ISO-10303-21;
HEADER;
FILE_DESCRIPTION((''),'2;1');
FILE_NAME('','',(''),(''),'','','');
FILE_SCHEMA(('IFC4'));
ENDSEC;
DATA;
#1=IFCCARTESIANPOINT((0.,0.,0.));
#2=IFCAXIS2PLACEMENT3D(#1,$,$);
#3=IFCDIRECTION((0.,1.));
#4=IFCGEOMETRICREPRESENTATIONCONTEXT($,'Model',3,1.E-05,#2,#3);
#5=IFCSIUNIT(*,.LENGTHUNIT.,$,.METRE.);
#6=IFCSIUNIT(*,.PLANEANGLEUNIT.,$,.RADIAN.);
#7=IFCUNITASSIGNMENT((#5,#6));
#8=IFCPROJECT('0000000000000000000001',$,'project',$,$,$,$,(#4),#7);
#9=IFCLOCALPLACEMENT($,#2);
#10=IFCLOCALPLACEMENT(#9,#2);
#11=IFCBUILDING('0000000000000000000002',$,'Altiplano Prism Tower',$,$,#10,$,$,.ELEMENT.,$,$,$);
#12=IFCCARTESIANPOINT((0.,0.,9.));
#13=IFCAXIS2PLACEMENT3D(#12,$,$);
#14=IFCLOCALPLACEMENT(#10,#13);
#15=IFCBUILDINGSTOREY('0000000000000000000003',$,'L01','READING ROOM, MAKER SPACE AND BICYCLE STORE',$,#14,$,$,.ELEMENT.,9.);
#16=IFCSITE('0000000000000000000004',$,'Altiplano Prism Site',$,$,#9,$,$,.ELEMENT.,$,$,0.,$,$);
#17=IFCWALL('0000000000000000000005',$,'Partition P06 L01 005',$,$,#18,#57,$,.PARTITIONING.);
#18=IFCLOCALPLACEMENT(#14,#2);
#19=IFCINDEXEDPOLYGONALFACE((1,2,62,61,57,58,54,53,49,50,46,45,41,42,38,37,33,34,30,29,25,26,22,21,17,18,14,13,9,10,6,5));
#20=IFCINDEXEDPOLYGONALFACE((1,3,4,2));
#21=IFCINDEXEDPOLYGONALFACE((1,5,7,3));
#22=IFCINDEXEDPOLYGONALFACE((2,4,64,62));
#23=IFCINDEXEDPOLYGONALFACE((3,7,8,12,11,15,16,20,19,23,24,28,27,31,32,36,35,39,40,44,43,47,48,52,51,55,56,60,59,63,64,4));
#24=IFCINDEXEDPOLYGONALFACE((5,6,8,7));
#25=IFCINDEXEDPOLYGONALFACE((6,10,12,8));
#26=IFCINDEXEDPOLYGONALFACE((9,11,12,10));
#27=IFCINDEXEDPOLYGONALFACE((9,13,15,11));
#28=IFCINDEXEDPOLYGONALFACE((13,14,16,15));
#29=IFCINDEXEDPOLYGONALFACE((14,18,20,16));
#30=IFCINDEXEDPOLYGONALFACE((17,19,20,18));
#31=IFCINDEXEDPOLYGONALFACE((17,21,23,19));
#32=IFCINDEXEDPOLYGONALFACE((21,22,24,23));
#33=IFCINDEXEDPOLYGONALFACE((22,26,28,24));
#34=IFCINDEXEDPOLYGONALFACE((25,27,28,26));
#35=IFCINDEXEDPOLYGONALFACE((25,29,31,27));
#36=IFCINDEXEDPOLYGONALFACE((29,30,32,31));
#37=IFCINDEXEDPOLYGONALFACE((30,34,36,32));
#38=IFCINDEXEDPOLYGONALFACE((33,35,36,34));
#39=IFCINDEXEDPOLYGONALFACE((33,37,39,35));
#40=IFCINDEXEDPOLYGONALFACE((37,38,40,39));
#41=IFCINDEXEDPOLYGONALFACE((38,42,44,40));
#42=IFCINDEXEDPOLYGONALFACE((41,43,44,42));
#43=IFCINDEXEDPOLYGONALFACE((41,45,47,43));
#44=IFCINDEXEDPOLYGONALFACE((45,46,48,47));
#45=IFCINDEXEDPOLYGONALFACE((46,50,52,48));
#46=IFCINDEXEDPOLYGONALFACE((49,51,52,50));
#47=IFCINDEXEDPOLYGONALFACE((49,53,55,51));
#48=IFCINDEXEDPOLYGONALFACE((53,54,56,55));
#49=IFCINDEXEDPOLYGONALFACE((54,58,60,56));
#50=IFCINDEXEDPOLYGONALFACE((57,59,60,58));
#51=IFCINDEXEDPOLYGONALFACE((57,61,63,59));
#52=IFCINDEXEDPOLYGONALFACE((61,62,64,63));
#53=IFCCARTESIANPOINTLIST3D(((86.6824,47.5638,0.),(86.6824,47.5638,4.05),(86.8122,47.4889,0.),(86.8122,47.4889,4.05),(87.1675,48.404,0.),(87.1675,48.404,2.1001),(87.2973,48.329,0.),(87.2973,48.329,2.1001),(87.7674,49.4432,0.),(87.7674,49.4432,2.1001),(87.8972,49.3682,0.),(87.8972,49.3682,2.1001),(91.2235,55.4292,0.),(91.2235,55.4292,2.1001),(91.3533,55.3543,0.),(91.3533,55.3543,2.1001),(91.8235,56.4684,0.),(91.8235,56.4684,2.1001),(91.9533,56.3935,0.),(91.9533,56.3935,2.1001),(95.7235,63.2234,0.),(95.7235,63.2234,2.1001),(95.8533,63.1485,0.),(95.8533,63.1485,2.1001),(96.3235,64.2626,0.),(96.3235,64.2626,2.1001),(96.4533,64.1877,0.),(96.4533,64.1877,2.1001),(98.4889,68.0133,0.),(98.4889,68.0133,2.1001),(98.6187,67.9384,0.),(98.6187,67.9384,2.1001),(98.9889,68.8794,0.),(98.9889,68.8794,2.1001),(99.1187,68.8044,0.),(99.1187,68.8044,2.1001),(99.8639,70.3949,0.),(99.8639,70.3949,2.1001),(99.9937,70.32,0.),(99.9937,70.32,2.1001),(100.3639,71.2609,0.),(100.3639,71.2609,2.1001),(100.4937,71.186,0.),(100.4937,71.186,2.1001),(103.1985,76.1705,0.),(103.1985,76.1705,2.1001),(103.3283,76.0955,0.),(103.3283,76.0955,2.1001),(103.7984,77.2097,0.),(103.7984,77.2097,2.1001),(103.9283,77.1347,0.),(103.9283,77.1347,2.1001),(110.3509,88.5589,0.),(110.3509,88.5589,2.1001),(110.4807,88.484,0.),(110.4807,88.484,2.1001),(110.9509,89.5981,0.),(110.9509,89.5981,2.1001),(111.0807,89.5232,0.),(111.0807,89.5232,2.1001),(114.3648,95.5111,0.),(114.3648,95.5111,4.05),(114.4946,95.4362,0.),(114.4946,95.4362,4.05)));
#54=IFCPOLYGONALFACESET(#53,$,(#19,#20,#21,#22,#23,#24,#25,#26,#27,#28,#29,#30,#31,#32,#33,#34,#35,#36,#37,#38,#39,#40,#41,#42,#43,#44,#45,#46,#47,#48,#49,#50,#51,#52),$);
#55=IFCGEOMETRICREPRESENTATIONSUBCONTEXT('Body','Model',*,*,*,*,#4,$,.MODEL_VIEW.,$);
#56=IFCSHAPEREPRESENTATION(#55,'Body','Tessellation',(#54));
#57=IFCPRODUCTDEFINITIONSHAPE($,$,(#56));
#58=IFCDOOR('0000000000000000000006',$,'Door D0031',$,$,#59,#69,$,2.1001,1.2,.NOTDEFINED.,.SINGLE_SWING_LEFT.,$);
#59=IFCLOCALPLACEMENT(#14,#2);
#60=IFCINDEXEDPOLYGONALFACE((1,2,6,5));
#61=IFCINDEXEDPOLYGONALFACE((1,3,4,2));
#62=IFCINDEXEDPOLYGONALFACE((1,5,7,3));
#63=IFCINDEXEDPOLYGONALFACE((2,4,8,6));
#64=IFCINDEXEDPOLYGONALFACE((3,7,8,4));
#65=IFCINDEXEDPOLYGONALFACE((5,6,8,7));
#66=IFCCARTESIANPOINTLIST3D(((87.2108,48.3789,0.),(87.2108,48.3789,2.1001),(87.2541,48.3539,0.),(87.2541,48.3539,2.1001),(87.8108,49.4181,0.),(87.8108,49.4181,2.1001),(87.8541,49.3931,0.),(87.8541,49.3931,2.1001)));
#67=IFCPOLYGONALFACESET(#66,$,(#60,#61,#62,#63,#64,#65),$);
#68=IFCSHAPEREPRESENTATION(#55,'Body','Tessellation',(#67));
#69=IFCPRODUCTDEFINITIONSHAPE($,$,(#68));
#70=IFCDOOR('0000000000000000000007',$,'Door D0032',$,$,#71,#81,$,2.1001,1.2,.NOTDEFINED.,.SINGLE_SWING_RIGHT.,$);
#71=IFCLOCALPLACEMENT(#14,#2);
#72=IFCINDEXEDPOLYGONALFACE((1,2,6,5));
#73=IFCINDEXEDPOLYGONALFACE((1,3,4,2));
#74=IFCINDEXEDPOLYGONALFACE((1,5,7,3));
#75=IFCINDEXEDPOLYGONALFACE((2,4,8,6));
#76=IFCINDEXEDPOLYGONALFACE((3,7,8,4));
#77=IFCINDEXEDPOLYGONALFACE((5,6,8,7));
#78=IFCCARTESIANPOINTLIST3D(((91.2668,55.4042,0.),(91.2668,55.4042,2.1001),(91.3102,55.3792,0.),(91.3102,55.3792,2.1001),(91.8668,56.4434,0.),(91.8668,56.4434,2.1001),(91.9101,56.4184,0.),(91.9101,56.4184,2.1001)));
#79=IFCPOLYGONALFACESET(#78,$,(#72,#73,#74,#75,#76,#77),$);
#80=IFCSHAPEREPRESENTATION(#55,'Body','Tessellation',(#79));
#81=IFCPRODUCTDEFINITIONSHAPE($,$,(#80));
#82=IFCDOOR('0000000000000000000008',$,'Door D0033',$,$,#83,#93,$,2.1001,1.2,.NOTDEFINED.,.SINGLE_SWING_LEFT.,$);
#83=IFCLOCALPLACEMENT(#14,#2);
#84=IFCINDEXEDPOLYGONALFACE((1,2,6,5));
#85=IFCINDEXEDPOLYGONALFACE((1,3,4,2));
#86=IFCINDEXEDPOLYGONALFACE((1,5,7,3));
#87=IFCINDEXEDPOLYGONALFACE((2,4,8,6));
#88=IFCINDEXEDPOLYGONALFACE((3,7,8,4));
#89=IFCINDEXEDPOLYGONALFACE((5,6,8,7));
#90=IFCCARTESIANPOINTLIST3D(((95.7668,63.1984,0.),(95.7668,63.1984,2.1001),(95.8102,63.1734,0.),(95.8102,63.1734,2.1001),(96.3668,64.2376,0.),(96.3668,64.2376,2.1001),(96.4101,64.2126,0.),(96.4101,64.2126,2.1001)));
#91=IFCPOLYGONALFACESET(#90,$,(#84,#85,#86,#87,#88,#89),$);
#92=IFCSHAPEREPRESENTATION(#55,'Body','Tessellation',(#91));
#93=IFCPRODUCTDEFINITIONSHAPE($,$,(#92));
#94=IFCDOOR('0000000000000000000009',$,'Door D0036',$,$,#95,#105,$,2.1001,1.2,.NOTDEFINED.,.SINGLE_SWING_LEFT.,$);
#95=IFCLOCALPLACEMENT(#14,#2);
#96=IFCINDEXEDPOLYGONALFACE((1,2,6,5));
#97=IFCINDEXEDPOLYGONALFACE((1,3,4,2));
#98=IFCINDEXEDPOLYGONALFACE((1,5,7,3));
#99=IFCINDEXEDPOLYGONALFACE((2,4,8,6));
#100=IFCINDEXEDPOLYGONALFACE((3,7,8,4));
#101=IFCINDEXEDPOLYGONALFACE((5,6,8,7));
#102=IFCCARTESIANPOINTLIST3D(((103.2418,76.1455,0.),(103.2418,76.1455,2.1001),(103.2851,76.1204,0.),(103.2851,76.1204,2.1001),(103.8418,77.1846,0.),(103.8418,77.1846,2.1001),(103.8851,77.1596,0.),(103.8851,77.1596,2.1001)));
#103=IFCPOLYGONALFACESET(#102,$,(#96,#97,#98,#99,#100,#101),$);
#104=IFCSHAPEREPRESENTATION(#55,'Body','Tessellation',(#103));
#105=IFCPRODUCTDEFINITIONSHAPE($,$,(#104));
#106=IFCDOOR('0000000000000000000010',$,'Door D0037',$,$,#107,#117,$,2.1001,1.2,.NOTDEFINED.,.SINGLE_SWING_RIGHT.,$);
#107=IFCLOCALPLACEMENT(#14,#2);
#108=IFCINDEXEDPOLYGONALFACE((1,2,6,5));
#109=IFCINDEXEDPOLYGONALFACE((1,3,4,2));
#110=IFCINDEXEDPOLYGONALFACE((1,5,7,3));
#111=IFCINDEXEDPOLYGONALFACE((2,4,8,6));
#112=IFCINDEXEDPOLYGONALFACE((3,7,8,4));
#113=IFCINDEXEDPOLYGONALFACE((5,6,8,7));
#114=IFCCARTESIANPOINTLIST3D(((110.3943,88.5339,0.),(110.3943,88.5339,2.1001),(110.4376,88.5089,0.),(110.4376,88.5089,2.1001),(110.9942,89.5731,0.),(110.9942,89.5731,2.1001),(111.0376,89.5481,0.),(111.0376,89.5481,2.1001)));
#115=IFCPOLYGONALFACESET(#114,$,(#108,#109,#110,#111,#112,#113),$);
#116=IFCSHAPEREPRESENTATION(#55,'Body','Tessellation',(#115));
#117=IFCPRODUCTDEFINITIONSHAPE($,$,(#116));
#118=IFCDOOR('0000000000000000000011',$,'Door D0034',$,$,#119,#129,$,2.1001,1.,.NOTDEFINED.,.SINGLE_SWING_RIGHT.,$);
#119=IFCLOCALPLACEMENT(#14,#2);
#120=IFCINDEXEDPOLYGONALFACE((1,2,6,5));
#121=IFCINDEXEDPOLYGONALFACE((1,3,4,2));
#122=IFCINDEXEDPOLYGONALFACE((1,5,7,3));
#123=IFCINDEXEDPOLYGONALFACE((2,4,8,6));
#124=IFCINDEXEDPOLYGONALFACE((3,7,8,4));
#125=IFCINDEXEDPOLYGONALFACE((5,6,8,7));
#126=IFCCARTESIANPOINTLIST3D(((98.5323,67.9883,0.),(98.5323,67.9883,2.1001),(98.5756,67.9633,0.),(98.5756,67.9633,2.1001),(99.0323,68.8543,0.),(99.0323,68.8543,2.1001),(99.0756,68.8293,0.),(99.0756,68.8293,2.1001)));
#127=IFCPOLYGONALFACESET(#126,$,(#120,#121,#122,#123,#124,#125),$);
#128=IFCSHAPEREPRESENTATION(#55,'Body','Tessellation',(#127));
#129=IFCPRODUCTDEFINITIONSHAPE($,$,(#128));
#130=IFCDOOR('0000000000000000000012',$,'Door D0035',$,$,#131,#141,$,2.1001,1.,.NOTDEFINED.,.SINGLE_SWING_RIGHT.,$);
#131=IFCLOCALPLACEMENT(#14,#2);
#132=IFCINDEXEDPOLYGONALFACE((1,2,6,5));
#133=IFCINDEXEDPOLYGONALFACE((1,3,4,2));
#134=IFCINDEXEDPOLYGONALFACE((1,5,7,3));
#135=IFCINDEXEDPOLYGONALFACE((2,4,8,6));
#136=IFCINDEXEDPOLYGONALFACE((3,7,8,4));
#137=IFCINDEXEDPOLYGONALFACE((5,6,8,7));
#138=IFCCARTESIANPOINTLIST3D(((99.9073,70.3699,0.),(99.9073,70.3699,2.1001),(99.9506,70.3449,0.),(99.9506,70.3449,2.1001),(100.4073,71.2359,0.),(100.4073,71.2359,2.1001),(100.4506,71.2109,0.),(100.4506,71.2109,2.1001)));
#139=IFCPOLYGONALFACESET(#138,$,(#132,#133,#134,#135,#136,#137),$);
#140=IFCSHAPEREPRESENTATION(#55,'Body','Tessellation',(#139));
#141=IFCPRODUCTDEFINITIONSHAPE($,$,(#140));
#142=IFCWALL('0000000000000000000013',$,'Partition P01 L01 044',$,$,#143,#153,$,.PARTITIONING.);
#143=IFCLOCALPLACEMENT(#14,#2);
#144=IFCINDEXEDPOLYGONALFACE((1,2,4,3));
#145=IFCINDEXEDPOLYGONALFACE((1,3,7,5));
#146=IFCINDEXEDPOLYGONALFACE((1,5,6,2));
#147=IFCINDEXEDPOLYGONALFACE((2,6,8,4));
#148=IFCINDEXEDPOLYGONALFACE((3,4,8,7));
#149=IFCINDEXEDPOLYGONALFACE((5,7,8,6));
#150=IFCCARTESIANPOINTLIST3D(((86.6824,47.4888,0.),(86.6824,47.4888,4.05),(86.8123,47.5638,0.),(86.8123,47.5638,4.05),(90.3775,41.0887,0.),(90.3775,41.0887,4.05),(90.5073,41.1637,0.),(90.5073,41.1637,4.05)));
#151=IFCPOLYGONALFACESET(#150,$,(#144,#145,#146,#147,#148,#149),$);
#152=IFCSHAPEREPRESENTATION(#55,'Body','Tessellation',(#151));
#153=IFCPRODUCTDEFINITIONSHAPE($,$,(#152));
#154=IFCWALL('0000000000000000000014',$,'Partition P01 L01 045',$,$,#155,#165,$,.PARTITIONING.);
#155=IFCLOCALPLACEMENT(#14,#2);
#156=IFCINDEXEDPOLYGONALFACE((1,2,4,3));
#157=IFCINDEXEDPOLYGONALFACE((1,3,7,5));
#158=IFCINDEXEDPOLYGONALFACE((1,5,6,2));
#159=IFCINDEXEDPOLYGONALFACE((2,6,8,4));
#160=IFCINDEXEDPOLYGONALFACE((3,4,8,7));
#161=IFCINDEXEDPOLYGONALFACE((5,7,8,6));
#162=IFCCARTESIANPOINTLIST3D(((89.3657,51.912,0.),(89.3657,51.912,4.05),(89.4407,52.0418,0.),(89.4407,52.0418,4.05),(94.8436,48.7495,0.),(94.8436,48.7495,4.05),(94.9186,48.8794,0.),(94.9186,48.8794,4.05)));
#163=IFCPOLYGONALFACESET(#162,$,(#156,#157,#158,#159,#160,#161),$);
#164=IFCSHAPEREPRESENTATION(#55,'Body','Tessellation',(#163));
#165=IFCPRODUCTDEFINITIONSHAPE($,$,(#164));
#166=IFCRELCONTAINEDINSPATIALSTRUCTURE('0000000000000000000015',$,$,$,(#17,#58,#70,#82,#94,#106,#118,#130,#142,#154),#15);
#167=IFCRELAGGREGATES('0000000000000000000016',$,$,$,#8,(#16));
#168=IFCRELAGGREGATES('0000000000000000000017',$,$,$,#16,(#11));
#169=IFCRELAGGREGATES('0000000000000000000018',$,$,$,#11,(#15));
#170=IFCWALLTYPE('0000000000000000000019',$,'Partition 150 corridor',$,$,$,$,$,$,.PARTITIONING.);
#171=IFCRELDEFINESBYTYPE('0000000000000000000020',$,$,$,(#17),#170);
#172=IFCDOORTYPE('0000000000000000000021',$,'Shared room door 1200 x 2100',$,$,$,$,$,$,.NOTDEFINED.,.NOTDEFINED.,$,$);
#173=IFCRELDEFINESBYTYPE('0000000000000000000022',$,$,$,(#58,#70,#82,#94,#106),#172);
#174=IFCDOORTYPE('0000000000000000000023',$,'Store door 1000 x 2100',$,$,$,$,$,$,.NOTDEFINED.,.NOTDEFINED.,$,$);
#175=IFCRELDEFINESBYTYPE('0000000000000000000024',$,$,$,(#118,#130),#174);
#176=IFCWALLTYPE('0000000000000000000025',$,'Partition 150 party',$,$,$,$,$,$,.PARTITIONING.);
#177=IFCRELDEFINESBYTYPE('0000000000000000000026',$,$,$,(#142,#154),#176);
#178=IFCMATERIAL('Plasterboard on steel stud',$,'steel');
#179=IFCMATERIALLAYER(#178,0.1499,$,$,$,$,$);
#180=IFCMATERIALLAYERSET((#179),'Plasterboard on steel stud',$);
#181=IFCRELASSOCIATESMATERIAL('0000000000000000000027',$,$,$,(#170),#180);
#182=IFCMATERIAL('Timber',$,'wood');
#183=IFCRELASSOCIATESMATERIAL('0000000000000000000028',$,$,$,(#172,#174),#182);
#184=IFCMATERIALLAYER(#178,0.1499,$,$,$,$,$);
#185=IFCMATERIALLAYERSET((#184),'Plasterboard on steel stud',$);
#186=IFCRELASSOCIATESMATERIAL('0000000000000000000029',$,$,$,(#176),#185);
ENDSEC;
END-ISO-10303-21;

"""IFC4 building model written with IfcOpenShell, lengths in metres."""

from ifc_helpers import new_model, si_unit, direction, frame, frame_2d, origin, place, context, subcontext, project, spatial, rectangle, extrude, material, layer, layer_set, type_object, element, fill, save


model = new_model("IFC4")

# Units and contexts
model_context = context("Model", 3, precision=1e-05, world=origin(), true_north=direction((0.0, 1.0)))
body_context = subcontext(model_context, "Body", "Model", "MODEL_VIEW")
ifc_project = project(units=[si_unit("LENGTHUNIT", "METRE"), si_unit("PLANEANGLEUNIT", "RADIAN")], contexts=[model_context])

# Site, building, storey
site_placement = place(None, origin())
site = spatial("IfcSite", under=ifc_project, at=site_placement, Name="Altiplano Prism Site", CompositionType="ELEMENT", RefElevation=0.0)
building_placement = place(site_placement, origin())
building = spatial("IfcBuilding", under=site, at=building_placement, Name="Altiplano Prism Tower", CompositionType="ELEMENT")
storey_placement = place(building_placement, frame((0.0, 0.0, 9.0)))
storey = spatial("IfcBuildingStorey", under=building, at=storey_placement, Name="L01", Description="READING ROOM, MAKER SPACE AND BICYCLE STORE", CompositionType="ELEMENT", Elevation=9.0)

# Shared definitions
ifc_material_1 = material(Name="Plasterboard on steel stud", Category="steel")
ifc_layer_1 = layer(ifc_material_1, 0.1499)
ifc_layer_set_1 = layer_set([ifc_layer_1], Name="Plasterboard on steel stud")
wall_type_1 = type_object("IfcWallType", Name="Partition 150 corridor", PredefinedType="PARTITIONING", material=ifc_layer_set_1)
ifc_material_2 = material(Name="Timber", Category="wood")
door_type_1 = type_object("IfcDoorType", Name="Shared room door 1200 x 2100", OperationType="NOTDEFINED", PredefinedType="NOTDEFINED", material=ifc_material_2)

# Wall, openings, doors
wall_1_placement = place(storey_placement, frame((86.7473, 47.5264, 0.0), z_axis=(0.0, 0.0, 1.0), x_axis=(0.5, 0.866025, 0.0)))
wall_1 = element("IfcWall", 1, at=wall_1_placement, inside=storey, type_object=wall_type_1, Name="Partition P06 L01 005", PredefinedType="PARTITIONING", context=body_context, shape_type="SweptSolid", body=[
    extrude(rectangle(XDim=55.3647, YDim=0.1499, at=frame_2d((27.6824, 0.0))), origin(), (0.0, 0.0, 1.0), 4.05),
])
opening_1_placement = place(wall_1_placement, frame((0.97, 0.0, 0.0)))
opening_1 = element("IfcOpeningElement", 2, at=opening_1_placement, cuts=wall_1, PredefinedType="OPENING", context=body_context, shape_type="SweptSolid", body=[
    extrude(rectangle(XDim=1.2, YDim=2.1001, at=frame_2d((0.6001, 1.05))), frame((0.0, 0.0854, 0.0), z_axis=(0.0, -1.0, 0.0), x_axis=(1.0, 0.0, 0.0)), (0.0, 0.0, 1.0), 0.1709),
])
opening_2_placement = place(wall_1_placement, frame((9.082, 0.0, 0.0)))
opening_2 = element("IfcOpeningElement", 3, at=opening_2_placement, cuts=wall_1, PredefinedType="OPENING", context=body_context, shape_type="SweptSolid", body=[
    extrude(rectangle(XDim=1.2, YDim=2.1001, at=frame_2d((0.6001, 1.05))), frame((0.0, 0.0854, 0.0), z_axis=(0.0, -1.0, 0.0), x_axis=(1.0, 0.0, 0.0)), (0.0, 0.0, 1.0), 0.1709),
])
opening_3_placement = place(wall_1_placement, frame((18.082, 0.0, 0.0)))
opening_3 = element("IfcOpeningElement", 4, at=opening_3_placement, cuts=wall_1, PredefinedType="OPENING", context=body_context, shape_type="SweptSolid", body=[
    extrude(rectangle(XDim=1.2, YDim=2.1001, at=frame_2d((0.6001, 1.05))), frame((0.0, 0.0854, 0.0), z_axis=(0.0, -1.0, 0.0), x_axis=(1.0, 0.0, 0.0)), (0.0, 0.0, 1.0), 0.1709),
])
opening_4_placement = place(wall_1_placement, frame((23.613, 0.0, 0.0)))
opening_4 = element("IfcOpeningElement", 5, at=opening_4_placement, cuts=wall_1, PredefinedType="OPENING", context=body_context, shape_type="SweptSolid", body=[
    extrude(rectangle(XDim=1.0, YDim=2.1001, at=frame_2d((0.5, 1.05))), frame((0.0, 0.0854, 0.0), z_axis=(0.0, -1.0, 0.0), x_axis=(1.0, 0.0, 0.0)), (0.0, 0.0, 1.0), 0.1709),
])
opening_5_placement = place(wall_1_placement, frame((26.363, 0.0, 0.0)))
opening_5 = element("IfcOpeningElement", 6, at=opening_5_placement, cuts=wall_1, PredefinedType="OPENING", context=body_context, shape_type="SweptSolid", body=[
    extrude(rectangle(XDim=1.0, YDim=2.1001, at=frame_2d((0.5, 1.05))), frame((0.0, 0.0854, 0.0), z_axis=(0.0, -1.0, 0.0), x_axis=(1.0, 0.0, 0.0)), (0.0, 0.0, 1.0), 0.1709),
])
opening_6_placement = place(wall_1_placement, frame((33.032, 0.0, 0.0)))
opening_6 = element("IfcOpeningElement", 7, at=opening_6_placement, cuts=wall_1, PredefinedType="OPENING", context=body_context, shape_type="SweptSolid", body=[
    extrude(rectangle(XDim=1.2, YDim=2.1001, at=frame_2d((0.6001, 1.05))), frame((0.0, 0.0854, 0.0), z_axis=(0.0, -1.0, 0.0), x_axis=(1.0, 0.0, 0.0)), (0.0, 0.0, 1.0), 0.1709),
])
opening_7_placement = place(wall_1_placement, frame((47.3369, 0.0, 0.0)))
opening_7 = element("IfcOpeningElement", 8, at=opening_7_placement, cuts=wall_1, PredefinedType="OPENING", context=body_context, shape_type="SweptSolid", body=[
    extrude(rectangle(XDim=1.2, YDim=2.1001, at=frame_2d((0.6001, 1.05))), frame((0.0, 0.0854, 0.0), z_axis=(0.0, -1.0, 0.0), x_axis=(1.0, 0.0, 0.0)), (0.0, 0.0, 1.0), 0.1709),
])
door_1_placement = place(opening_1_placement, origin())
door_1 = element("IfcDoor", 9, at=door_1_placement, inside=storey, type_object=door_type_1, Name="Door D0031", OperationType="SINGLE_SWING_LEFT", OverallHeight=2.1001, OverallWidth=1.2, PredefinedType="NOTDEFINED", context=body_context, shape_type="SweptSolid", body=[
    extrude(rectangle(XDim=1.2, YDim=2.1001, at=frame_2d((0.6001, 1.05))), frame((0.0, 0.0249, 0.0), z_axis=(0.0, -1.0, 0.0), x_axis=(1.0, 0.0, 0.0)), (0.0, 0.0, 1.0), 0.05),
])
fill(opening_1, door_1)
door_2_placement = place(opening_2_placement, origin())
door_2 = element("IfcDoor", 10, at=door_2_placement, inside=storey, type_object=door_type_1, Name="Door D0032", OperationType="SINGLE_SWING_RIGHT", OverallHeight=2.1001, OverallWidth=1.2, PredefinedType="NOTDEFINED", context=body_context, shape_type="SweptSolid", body=[
    extrude(rectangle(XDim=1.2, YDim=2.1001, at=frame_2d((0.6001, 1.05))), frame((0.0, 0.0249, 0.0), z_axis=(0.0, -1.0, 0.0), x_axis=(1.0, 0.0, 0.0)), (0.0, 0.0, 1.0), 0.05),
])
fill(opening_2, door_2)
door_3_placement = place(opening_3_placement, origin())
door_3 = element("IfcDoor", 11, at=door_3_placement, inside=storey, type_object=door_type_1, Name="Door D0033", OperationType="SINGLE_SWING_LEFT", OverallHeight=2.1001, OverallWidth=1.2, PredefinedType="NOTDEFINED", context=body_context, shape_type="SweptSolid", body=[
    extrude(rectangle(XDim=1.2, YDim=2.1001, at=frame_2d((0.6001, 1.05))), frame((0.0, 0.0249, 0.0), z_axis=(0.0, -1.0, 0.0), x_axis=(1.0, 0.0, 0.0)), (0.0, 0.0, 1.0), 0.05),
])
fill(opening_3, door_3)
door_4_placement = place(opening_6_placement, origin())
door_4 = element("IfcDoor", 12, at=door_4_placement, inside=storey, type_object=door_type_1, Name="Door D0036", OperationType="SINGLE_SWING_LEFT", OverallHeight=2.1001, OverallWidth=1.2, PredefinedType="NOTDEFINED", context=body_context, shape_type="SweptSolid", body=[
    extrude(rectangle(XDim=1.2, YDim=2.1001, at=frame_2d((0.6001, 1.05))), frame((0.0, 0.0249, 0.0), z_axis=(0.0, -1.0, 0.0), x_axis=(1.0, 0.0, 0.0)), (0.0, 0.0, 1.0), 0.05),
])
fill(opening_6, door_4)
door_5_placement = place(opening_7_placement, origin())
door_5 = element("IfcDoor", 13, at=door_5_placement, inside=storey, type_object=door_type_1, Name="Door D0037", OperationType="SINGLE_SWING_RIGHT", OverallHeight=2.1001, OverallWidth=1.2, PredefinedType="NOTDEFINED", context=body_context, shape_type="SweptSolid", body=[
    extrude(rectangle(XDim=1.2, YDim=2.1001, at=frame_2d((0.6001, 1.05))), frame((0.0, 0.0249, 0.0), z_axis=(0.0, -1.0, 0.0), x_axis=(1.0, 0.0, 0.0)), (0.0, 0.0, 1.0), 0.05),
])
fill(opening_7, door_5)
door_type_2 = type_object("IfcDoorType", Name="Store door 1000 x 2100", OperationType="NOTDEFINED", PredefinedType="NOTDEFINED", material=ifc_material_2)
door_6_placement = place(opening_4_placement, origin())
door_6 = element("IfcDoor", 14, at=door_6_placement, inside=storey, type_object=door_type_2, Name="Door D0034", OperationType="SINGLE_SWING_RIGHT", OverallHeight=2.1001, OverallWidth=1.0, PredefinedType="NOTDEFINED", context=body_context, shape_type="SweptSolid", body=[
    extrude(rectangle(XDim=1.0, YDim=2.1001, at=frame_2d((0.5, 1.05))), frame((0.0, 0.0249, 0.0), z_axis=(0.0, -1.0, 0.0), x_axis=(1.0, 0.0, 0.0)), (0.0, 0.0, 1.0), 0.05),
])
fill(opening_4, door_6)
door_7_placement = place(opening_5_placement, origin())
door_7 = element("IfcDoor", 15, at=door_7_placement, inside=storey, type_object=door_type_2, Name="Door D0035", OperationType="SINGLE_SWING_RIGHT", OverallHeight=2.1001, OverallWidth=1.0, PredefinedType="NOTDEFINED", context=body_context, shape_type="SweptSolid", body=[
    extrude(rectangle(XDim=1.0, YDim=2.1001, at=frame_2d((0.5, 1.05))), frame((0.0, 0.0249, 0.0), z_axis=(0.0, -1.0, 0.0), x_axis=(1.0, 0.0, 0.0)), (0.0, 0.0, 1.0), 0.05),
])
fill(opening_5, door_7)

# Walls
ifc_layer_2 = layer(ifc_material_1, 0.1499)
ifc_layer_set_2 = layer_set([ifc_layer_2], Name="Plasterboard on steel stud")
wall_type_2 = type_object("IfcWallType", Name="Partition 150 party", PredefinedType="PARTITIONING", material=ifc_layer_set_2)
wall_2_placement = place(storey_placement, frame((90.4424, 41.1262, 0.0), z_axis=(0.0, 0.0, 1.0), x_axis=(-0.499994, 0.866029, 0.0)))
element("IfcWall", 16, at=wall_2_placement, inside=storey, type_object=wall_type_2, Name="Partition P01 L01 044", PredefinedType="PARTITIONING", context=body_context, shape_type="SweptSolid", body=[
    extrude(rectangle(XDim=7.3901, YDim=0.1499, at=frame_2d((3.6951, 0.0))), origin(), (0.0, 0.0, 1.0), 4.05),
])
wall_3_placement = place(storey_placement, frame((94.8811, 48.8145, 0.0), z_axis=(0.0, 0.0, 1.0), x_axis=(-0.866042, 0.499971, 0.0)))
element("IfcWall", 17, at=wall_3_placement, inside=storey, type_object=wall_type_2, Name="Partition P01 L01 045", PredefinedType="PARTITIONING", context=body_context, shape_type="SweptSolid", body=[
    extrude(rectangle(XDim=6.3252, YDim=0.1499, at=frame_2d((3.1626, 0.0))), origin(), (0.0, 0.0, 1.0), 4.05),
])

save(model, "model.ifc")
